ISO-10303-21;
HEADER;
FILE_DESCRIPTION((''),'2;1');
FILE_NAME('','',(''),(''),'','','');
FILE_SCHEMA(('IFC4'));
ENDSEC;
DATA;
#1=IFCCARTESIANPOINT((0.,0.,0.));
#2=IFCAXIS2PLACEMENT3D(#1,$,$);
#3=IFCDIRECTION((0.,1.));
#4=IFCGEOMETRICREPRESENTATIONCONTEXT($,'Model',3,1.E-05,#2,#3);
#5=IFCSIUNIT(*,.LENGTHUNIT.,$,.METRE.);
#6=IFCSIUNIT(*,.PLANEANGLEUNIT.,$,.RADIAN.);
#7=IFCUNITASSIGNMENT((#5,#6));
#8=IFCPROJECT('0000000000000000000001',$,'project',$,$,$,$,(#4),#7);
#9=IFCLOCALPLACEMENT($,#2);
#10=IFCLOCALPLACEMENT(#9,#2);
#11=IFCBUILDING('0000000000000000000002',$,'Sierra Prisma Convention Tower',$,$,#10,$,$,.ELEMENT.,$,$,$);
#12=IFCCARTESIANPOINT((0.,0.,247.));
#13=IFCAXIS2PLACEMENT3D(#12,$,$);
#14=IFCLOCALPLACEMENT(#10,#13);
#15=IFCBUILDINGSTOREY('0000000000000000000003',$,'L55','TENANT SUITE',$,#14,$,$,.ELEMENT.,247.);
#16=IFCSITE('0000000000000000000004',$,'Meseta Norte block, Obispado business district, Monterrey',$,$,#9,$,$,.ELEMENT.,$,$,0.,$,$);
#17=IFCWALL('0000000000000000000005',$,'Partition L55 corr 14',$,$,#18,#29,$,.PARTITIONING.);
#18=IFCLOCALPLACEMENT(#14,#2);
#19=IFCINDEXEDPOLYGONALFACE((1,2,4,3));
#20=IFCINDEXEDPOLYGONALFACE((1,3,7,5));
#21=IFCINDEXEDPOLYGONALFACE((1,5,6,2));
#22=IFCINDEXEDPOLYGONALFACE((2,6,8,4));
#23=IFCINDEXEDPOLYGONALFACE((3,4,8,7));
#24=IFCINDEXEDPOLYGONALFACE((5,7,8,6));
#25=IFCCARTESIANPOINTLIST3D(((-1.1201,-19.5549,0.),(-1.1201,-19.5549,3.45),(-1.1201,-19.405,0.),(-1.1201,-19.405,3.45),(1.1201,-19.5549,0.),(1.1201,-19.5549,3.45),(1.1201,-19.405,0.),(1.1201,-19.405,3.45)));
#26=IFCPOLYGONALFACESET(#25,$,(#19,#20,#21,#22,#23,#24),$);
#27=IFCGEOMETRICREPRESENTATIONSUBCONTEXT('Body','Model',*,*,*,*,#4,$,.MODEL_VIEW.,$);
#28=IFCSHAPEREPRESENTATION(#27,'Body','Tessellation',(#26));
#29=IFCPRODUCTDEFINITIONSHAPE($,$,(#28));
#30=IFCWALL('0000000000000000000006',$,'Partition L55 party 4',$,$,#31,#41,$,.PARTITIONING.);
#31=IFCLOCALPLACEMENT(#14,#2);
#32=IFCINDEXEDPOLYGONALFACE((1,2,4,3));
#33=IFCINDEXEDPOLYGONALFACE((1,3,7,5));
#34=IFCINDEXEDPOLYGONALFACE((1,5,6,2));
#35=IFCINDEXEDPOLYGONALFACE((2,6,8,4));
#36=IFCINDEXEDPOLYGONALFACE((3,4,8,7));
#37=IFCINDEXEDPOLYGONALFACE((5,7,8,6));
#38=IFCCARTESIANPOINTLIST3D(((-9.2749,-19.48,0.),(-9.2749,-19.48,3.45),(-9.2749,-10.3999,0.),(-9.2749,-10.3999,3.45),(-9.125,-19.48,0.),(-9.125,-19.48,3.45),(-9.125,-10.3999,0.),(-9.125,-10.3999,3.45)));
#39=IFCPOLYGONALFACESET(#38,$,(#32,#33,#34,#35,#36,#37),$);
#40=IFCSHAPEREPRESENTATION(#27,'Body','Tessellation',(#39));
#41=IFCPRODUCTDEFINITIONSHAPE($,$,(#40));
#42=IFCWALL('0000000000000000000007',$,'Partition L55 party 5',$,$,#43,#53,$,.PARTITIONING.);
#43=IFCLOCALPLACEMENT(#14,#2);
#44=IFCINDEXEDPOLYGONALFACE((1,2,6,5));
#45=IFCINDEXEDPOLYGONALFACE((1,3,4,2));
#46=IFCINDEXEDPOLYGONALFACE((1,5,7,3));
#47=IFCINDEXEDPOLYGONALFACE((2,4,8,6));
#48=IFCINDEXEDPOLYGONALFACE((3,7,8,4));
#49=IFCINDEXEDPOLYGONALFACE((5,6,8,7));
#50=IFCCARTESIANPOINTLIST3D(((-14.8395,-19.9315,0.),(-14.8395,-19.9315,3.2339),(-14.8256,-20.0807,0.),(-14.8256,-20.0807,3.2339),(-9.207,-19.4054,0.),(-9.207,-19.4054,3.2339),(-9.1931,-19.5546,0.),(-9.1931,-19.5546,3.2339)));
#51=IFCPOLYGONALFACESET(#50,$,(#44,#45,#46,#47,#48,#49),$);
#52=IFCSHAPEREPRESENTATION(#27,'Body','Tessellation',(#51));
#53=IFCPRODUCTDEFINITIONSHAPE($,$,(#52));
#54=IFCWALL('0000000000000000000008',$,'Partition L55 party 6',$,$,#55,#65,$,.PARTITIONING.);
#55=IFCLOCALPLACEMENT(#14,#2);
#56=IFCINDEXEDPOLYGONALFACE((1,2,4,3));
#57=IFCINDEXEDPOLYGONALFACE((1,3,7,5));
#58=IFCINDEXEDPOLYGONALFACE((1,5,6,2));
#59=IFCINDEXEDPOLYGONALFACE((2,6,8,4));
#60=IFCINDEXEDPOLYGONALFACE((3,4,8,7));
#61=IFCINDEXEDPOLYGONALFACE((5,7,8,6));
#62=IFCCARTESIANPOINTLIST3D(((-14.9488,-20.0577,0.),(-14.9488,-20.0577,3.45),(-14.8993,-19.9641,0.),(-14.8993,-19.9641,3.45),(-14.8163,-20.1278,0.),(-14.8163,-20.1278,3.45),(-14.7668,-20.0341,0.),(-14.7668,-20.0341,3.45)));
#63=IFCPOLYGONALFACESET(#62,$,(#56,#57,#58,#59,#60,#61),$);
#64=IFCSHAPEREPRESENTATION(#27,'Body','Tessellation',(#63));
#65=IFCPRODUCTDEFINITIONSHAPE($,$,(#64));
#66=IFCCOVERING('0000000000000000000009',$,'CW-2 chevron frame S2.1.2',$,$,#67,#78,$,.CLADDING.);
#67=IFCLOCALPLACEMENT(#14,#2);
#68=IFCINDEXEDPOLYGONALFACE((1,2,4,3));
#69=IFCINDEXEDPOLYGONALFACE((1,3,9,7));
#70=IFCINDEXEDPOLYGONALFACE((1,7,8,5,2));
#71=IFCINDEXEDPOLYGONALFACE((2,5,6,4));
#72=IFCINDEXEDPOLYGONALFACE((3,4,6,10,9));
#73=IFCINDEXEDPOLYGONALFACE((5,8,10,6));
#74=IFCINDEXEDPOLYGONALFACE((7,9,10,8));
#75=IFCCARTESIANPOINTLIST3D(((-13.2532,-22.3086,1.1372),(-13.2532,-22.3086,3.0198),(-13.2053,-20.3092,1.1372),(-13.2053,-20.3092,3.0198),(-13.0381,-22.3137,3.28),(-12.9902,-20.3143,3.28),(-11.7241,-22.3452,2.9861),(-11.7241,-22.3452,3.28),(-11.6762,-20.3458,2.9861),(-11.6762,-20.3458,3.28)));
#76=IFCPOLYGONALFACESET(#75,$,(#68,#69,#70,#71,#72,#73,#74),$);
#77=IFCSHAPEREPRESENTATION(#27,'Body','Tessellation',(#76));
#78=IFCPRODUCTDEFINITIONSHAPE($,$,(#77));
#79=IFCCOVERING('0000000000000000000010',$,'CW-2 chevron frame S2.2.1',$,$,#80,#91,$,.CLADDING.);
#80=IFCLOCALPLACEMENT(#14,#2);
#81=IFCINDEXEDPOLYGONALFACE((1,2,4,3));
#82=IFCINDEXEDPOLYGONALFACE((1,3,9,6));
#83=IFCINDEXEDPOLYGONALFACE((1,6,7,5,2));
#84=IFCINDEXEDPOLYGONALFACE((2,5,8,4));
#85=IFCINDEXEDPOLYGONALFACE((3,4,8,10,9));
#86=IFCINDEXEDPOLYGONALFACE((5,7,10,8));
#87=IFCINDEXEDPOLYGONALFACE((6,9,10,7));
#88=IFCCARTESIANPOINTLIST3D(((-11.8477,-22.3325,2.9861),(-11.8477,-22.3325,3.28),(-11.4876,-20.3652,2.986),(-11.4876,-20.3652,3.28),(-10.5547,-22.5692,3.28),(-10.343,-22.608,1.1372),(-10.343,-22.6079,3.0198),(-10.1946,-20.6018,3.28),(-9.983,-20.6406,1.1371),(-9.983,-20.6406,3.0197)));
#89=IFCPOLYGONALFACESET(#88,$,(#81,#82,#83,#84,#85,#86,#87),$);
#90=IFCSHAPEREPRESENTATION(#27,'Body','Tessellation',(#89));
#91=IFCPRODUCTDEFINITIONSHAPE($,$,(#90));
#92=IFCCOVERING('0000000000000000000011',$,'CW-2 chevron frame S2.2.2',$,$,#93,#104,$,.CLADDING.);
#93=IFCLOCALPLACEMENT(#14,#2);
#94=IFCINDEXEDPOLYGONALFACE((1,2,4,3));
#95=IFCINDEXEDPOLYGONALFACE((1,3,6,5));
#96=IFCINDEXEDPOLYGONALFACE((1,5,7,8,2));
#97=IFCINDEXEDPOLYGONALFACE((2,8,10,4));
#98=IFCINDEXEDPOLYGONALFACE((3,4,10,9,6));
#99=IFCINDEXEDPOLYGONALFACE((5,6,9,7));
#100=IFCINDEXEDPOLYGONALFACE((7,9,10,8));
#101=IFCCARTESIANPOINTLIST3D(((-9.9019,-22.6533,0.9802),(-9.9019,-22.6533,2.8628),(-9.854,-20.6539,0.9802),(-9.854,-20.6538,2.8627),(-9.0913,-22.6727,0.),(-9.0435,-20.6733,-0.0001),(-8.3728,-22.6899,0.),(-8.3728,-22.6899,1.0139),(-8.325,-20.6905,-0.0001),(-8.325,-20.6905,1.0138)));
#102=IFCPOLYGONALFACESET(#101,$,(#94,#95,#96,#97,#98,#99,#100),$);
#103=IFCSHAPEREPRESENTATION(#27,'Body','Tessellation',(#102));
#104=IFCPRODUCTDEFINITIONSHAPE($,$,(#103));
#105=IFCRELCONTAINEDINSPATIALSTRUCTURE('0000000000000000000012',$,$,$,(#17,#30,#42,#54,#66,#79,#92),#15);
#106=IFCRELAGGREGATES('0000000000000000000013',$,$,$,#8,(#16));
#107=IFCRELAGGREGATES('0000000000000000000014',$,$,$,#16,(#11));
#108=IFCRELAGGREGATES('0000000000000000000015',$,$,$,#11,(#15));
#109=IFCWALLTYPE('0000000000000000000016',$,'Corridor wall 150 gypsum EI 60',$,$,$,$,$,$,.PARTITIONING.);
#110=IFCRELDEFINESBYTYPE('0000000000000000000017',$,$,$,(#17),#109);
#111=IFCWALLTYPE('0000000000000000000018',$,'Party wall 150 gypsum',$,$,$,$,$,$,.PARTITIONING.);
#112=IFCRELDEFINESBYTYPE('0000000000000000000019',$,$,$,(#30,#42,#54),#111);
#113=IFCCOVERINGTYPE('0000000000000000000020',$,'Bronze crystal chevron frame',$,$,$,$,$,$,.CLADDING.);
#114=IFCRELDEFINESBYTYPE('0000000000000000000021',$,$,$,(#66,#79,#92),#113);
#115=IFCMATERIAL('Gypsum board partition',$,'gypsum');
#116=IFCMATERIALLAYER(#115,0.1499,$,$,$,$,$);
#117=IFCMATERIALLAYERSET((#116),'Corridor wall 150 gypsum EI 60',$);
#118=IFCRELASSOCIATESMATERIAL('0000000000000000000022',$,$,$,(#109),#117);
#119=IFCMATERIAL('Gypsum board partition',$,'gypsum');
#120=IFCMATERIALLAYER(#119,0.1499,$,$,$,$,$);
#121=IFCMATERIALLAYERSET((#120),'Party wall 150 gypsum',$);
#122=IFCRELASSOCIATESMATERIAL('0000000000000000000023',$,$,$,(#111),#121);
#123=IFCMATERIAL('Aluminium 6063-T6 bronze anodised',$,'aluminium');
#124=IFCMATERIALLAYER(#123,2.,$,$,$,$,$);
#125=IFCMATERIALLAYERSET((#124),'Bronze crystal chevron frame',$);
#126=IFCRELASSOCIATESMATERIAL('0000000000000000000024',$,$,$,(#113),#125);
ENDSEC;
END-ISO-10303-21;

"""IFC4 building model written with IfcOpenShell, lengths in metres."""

from ifc_helpers import new_model, si_unit, direction, frame, frame_2d, origin, place, context, subcontext, project, spatial, polyline, rectangle, outline, extrude, material, layer, layer_set, type_object, element, save


model = new_model("IFC4")

# Units and contexts
model_context = context("Model", 3, precision=1e-05, world=origin(), true_north=direction((0.0, 1.0)))
body_context = subcontext(model_context, "Body", "Model", "MODEL_VIEW")
ifc_project = project(units=[si_unit("LENGTHUNIT", "METRE"), si_unit("PLANEANGLEUNIT", "RADIAN")], contexts=[model_context])

# Site, building, storey
site_placement = place(None, origin())
site = spatial("IfcSite", under=ifc_project, at=site_placement, Name="Meseta Norte block, Obispado business district, Monterrey", CompositionType="ELEMENT", RefElevation=0.0)
building_placement = place(site_placement, origin())
building = spatial("IfcBuilding", under=site, at=building_placement, Name="Sierra Prisma Convention Tower", CompositionType="ELEMENT")
storey_placement = place(building_placement, frame((0.0, 0.0, 247.0)))
storey = spatial("IfcBuildingStorey", under=building, at=storey_placement, Name="L55", Description="TENANT SUITE", CompositionType="ELEMENT", Elevation=247.0)

# Walls
ifc_material_1 = material(Name="Gypsum board partition", Category="gypsum")
ifc_layer_1 = layer(ifc_material_1, 0.1499)
ifc_layer_set_1 = layer_set([ifc_layer_1], Name="Corridor wall 150 gypsum EI 60")
wall_type_1 = type_object("IfcWallType", Name="Corridor wall 150 gypsum EI 60", PredefinedType="PARTITIONING", material=ifc_layer_set_1)
wall_1_placement = place(storey_placement, frame((-1.1201, -19.48, 0.0), z_axis=(0.0, 0.0, 1.0), x_axis=(1.0, 0.0, 0.0)))
element("IfcWall", 1, at=wall_1_placement, inside=storey, type_object=wall_type_1, Name="Partition L55 corr 14", PredefinedType="PARTITIONING", context=body_context, shape_type="SweptSolid", body=[
    extrude(rectangle(XDim=2.2402, YDim=0.1499, at=frame_2d((1.1201, 0.0))), origin(), (0.0, 0.0, 1.0), 3.45),
])
ifc_material_2 = material(Name="Gypsum board partition", Category="gypsum")
ifc_layer_2 = layer(ifc_material_2, 0.1499)
ifc_layer_set_2 = layer_set([ifc_layer_2], Name="Party wall 150 gypsum")
wall_type_2 = type_object("IfcWallType", Name="Party wall 150 gypsum", PredefinedType="PARTITIONING", material=ifc_layer_set_2)
wall_2_placement = place(storey_placement, frame((-9.2, -10.3999, 0.0), z_axis=(0.0, 0.0, 1.0), x_axis=(0.0, -1.0, 0.0)))
element("IfcWall", 2, at=wall_2_placement, inside=storey, type_object=wall_type_2, Name="Partition L55 party 4", PredefinedType="PARTITIONING", context=body_context, shape_type="SweptSolid", body=[
    extrude(rectangle(XDim=9.0801, YDim=0.1499, at=frame_2d((4.54, 0.0))), origin(), (0.0, 0.0, 1.0), 3.45),
])
wall_3_placement = place(storey_placement, frame((-9.2, -19.48, 0.0), z_axis=(0.0, 0.0, 1.0), x_axis=(-0.995666, -0.093002, 0.0)))
element("IfcWall", 3, at=wall_3_placement, inside=storey, type_object=wall_type_2, Name="Partition L55 party 5", PredefinedType="PARTITIONING", context=body_context, shape_type="SweptSolid", body=[
    extrude(rectangle(XDim=5.657, YDim=0.1499, at=frame_2d((2.8286, 0.0))), origin(), (0.0, 0.0, 1.0), 3.2339),
])
wall_4_placement = place(storey_placement, frame((-14.8826, -20.0928, 0.0), z_axis=(0.0, 0.0, 1.0), x_axis=(0.467359, 0.884068, 0.0)))
element("IfcWall", 4, at=wall_4_placement, inside=storey, type_object=wall_type_2, Name="Partition L55 party 6", PredefinedType="PARTITIONING", context=body_context, shape_type="SweptSolid", body=[
    extrude(rectangle(XDim=0.106, YDim=0.1499, at=frame_2d((0.053, 0.0))), origin(), (0.0, 0.0, 1.0), 3.45),
])

# Coverings
ifc_material_3 = material(Name="Aluminium 6063-T6 bronze anodised", Category="aluminium")
ifc_layer_3 = layer(ifc_material_3, 2.0)
ifc_layer_set_3 = layer_set([ifc_layer_3], Name="Bronze crystal chevron frame")
covering_type = type_object("IfcCoveringType", Name="Bronze crystal chevron frame", PredefinedType="CLADDING", material=ifc_layer_set_3)
covering_1_placement = place(storey_placement, frame((-13.2532, -22.3086, 3.0198), z_axis=(-0.023945, -0.999713, 0.00001), x_axis=(0.0, -0.00001, -1.0)))
element("IfcCovering", 5, at=covering_1_placement, inside=storey, type_object=covering_type, Name="CW-2 chevron frame S2.1.2", PredefinedType="CLADDING", context=body_context, shape_type="SweptSolid", body=[
    extrude(outline(polyline([(0.0, 0.0), (1.8826, 0.0), (0.0337, 1.5295), (-0.2603, 1.5295), (-0.2603, 0.2151), (0.0, 0.0)])), origin(), (0.0, 0.0, -1.0), 2.0),
])
covering_2_placement = place(storey_placement, frame((-11.8477, -22.3325, 3.28), z_axis=(-0.180032, -0.983661, 0.000032), x_axis=(-0.000006, -0.000031, -1.0)))
element("IfcCovering", 6, at=covering_2_placement, inside=storey, type_object=covering_type, Name="CW-2 chevron frame S2.2.1", PredefinedType="CLADDING", context=body_context, shape_type="SweptSolid", body=[
    extrude(outline(polyline([(0.0, 0.0), (0.2939, 0.0), (2.1428, 1.5296), (0.2603, 1.5296), (0.0, 1.3144), (0.0, 0.0)])), origin(), (0.0, 0.0, -1.0), 2.0),
])
covering_3_placement = place(storey_placement, frame((-8.3728, -22.6899, 0.0), z_axis=(-0.023921, -0.999714, 0.000035), x_axis=(0.000001, 0.000035, 1.0)))
element("IfcCovering", 7, at=covering_3_placement, inside=storey, type_object=covering_type, Name="CW-2 chevron frame S2.2.2", PredefinedType="CLADDING", context=body_context, shape_type="SweptSolid", body=[
    extrude(outline(polyline([(0.0, 0.0), (1.0139, 0.0), (2.8628, 1.5295), (0.9802, 1.5295), (0.0, 0.7187), (0.0, 0.0)])), origin(), (0.0, 0.0, -1.0), 2.0),
])

save(model, "model.ifc")
